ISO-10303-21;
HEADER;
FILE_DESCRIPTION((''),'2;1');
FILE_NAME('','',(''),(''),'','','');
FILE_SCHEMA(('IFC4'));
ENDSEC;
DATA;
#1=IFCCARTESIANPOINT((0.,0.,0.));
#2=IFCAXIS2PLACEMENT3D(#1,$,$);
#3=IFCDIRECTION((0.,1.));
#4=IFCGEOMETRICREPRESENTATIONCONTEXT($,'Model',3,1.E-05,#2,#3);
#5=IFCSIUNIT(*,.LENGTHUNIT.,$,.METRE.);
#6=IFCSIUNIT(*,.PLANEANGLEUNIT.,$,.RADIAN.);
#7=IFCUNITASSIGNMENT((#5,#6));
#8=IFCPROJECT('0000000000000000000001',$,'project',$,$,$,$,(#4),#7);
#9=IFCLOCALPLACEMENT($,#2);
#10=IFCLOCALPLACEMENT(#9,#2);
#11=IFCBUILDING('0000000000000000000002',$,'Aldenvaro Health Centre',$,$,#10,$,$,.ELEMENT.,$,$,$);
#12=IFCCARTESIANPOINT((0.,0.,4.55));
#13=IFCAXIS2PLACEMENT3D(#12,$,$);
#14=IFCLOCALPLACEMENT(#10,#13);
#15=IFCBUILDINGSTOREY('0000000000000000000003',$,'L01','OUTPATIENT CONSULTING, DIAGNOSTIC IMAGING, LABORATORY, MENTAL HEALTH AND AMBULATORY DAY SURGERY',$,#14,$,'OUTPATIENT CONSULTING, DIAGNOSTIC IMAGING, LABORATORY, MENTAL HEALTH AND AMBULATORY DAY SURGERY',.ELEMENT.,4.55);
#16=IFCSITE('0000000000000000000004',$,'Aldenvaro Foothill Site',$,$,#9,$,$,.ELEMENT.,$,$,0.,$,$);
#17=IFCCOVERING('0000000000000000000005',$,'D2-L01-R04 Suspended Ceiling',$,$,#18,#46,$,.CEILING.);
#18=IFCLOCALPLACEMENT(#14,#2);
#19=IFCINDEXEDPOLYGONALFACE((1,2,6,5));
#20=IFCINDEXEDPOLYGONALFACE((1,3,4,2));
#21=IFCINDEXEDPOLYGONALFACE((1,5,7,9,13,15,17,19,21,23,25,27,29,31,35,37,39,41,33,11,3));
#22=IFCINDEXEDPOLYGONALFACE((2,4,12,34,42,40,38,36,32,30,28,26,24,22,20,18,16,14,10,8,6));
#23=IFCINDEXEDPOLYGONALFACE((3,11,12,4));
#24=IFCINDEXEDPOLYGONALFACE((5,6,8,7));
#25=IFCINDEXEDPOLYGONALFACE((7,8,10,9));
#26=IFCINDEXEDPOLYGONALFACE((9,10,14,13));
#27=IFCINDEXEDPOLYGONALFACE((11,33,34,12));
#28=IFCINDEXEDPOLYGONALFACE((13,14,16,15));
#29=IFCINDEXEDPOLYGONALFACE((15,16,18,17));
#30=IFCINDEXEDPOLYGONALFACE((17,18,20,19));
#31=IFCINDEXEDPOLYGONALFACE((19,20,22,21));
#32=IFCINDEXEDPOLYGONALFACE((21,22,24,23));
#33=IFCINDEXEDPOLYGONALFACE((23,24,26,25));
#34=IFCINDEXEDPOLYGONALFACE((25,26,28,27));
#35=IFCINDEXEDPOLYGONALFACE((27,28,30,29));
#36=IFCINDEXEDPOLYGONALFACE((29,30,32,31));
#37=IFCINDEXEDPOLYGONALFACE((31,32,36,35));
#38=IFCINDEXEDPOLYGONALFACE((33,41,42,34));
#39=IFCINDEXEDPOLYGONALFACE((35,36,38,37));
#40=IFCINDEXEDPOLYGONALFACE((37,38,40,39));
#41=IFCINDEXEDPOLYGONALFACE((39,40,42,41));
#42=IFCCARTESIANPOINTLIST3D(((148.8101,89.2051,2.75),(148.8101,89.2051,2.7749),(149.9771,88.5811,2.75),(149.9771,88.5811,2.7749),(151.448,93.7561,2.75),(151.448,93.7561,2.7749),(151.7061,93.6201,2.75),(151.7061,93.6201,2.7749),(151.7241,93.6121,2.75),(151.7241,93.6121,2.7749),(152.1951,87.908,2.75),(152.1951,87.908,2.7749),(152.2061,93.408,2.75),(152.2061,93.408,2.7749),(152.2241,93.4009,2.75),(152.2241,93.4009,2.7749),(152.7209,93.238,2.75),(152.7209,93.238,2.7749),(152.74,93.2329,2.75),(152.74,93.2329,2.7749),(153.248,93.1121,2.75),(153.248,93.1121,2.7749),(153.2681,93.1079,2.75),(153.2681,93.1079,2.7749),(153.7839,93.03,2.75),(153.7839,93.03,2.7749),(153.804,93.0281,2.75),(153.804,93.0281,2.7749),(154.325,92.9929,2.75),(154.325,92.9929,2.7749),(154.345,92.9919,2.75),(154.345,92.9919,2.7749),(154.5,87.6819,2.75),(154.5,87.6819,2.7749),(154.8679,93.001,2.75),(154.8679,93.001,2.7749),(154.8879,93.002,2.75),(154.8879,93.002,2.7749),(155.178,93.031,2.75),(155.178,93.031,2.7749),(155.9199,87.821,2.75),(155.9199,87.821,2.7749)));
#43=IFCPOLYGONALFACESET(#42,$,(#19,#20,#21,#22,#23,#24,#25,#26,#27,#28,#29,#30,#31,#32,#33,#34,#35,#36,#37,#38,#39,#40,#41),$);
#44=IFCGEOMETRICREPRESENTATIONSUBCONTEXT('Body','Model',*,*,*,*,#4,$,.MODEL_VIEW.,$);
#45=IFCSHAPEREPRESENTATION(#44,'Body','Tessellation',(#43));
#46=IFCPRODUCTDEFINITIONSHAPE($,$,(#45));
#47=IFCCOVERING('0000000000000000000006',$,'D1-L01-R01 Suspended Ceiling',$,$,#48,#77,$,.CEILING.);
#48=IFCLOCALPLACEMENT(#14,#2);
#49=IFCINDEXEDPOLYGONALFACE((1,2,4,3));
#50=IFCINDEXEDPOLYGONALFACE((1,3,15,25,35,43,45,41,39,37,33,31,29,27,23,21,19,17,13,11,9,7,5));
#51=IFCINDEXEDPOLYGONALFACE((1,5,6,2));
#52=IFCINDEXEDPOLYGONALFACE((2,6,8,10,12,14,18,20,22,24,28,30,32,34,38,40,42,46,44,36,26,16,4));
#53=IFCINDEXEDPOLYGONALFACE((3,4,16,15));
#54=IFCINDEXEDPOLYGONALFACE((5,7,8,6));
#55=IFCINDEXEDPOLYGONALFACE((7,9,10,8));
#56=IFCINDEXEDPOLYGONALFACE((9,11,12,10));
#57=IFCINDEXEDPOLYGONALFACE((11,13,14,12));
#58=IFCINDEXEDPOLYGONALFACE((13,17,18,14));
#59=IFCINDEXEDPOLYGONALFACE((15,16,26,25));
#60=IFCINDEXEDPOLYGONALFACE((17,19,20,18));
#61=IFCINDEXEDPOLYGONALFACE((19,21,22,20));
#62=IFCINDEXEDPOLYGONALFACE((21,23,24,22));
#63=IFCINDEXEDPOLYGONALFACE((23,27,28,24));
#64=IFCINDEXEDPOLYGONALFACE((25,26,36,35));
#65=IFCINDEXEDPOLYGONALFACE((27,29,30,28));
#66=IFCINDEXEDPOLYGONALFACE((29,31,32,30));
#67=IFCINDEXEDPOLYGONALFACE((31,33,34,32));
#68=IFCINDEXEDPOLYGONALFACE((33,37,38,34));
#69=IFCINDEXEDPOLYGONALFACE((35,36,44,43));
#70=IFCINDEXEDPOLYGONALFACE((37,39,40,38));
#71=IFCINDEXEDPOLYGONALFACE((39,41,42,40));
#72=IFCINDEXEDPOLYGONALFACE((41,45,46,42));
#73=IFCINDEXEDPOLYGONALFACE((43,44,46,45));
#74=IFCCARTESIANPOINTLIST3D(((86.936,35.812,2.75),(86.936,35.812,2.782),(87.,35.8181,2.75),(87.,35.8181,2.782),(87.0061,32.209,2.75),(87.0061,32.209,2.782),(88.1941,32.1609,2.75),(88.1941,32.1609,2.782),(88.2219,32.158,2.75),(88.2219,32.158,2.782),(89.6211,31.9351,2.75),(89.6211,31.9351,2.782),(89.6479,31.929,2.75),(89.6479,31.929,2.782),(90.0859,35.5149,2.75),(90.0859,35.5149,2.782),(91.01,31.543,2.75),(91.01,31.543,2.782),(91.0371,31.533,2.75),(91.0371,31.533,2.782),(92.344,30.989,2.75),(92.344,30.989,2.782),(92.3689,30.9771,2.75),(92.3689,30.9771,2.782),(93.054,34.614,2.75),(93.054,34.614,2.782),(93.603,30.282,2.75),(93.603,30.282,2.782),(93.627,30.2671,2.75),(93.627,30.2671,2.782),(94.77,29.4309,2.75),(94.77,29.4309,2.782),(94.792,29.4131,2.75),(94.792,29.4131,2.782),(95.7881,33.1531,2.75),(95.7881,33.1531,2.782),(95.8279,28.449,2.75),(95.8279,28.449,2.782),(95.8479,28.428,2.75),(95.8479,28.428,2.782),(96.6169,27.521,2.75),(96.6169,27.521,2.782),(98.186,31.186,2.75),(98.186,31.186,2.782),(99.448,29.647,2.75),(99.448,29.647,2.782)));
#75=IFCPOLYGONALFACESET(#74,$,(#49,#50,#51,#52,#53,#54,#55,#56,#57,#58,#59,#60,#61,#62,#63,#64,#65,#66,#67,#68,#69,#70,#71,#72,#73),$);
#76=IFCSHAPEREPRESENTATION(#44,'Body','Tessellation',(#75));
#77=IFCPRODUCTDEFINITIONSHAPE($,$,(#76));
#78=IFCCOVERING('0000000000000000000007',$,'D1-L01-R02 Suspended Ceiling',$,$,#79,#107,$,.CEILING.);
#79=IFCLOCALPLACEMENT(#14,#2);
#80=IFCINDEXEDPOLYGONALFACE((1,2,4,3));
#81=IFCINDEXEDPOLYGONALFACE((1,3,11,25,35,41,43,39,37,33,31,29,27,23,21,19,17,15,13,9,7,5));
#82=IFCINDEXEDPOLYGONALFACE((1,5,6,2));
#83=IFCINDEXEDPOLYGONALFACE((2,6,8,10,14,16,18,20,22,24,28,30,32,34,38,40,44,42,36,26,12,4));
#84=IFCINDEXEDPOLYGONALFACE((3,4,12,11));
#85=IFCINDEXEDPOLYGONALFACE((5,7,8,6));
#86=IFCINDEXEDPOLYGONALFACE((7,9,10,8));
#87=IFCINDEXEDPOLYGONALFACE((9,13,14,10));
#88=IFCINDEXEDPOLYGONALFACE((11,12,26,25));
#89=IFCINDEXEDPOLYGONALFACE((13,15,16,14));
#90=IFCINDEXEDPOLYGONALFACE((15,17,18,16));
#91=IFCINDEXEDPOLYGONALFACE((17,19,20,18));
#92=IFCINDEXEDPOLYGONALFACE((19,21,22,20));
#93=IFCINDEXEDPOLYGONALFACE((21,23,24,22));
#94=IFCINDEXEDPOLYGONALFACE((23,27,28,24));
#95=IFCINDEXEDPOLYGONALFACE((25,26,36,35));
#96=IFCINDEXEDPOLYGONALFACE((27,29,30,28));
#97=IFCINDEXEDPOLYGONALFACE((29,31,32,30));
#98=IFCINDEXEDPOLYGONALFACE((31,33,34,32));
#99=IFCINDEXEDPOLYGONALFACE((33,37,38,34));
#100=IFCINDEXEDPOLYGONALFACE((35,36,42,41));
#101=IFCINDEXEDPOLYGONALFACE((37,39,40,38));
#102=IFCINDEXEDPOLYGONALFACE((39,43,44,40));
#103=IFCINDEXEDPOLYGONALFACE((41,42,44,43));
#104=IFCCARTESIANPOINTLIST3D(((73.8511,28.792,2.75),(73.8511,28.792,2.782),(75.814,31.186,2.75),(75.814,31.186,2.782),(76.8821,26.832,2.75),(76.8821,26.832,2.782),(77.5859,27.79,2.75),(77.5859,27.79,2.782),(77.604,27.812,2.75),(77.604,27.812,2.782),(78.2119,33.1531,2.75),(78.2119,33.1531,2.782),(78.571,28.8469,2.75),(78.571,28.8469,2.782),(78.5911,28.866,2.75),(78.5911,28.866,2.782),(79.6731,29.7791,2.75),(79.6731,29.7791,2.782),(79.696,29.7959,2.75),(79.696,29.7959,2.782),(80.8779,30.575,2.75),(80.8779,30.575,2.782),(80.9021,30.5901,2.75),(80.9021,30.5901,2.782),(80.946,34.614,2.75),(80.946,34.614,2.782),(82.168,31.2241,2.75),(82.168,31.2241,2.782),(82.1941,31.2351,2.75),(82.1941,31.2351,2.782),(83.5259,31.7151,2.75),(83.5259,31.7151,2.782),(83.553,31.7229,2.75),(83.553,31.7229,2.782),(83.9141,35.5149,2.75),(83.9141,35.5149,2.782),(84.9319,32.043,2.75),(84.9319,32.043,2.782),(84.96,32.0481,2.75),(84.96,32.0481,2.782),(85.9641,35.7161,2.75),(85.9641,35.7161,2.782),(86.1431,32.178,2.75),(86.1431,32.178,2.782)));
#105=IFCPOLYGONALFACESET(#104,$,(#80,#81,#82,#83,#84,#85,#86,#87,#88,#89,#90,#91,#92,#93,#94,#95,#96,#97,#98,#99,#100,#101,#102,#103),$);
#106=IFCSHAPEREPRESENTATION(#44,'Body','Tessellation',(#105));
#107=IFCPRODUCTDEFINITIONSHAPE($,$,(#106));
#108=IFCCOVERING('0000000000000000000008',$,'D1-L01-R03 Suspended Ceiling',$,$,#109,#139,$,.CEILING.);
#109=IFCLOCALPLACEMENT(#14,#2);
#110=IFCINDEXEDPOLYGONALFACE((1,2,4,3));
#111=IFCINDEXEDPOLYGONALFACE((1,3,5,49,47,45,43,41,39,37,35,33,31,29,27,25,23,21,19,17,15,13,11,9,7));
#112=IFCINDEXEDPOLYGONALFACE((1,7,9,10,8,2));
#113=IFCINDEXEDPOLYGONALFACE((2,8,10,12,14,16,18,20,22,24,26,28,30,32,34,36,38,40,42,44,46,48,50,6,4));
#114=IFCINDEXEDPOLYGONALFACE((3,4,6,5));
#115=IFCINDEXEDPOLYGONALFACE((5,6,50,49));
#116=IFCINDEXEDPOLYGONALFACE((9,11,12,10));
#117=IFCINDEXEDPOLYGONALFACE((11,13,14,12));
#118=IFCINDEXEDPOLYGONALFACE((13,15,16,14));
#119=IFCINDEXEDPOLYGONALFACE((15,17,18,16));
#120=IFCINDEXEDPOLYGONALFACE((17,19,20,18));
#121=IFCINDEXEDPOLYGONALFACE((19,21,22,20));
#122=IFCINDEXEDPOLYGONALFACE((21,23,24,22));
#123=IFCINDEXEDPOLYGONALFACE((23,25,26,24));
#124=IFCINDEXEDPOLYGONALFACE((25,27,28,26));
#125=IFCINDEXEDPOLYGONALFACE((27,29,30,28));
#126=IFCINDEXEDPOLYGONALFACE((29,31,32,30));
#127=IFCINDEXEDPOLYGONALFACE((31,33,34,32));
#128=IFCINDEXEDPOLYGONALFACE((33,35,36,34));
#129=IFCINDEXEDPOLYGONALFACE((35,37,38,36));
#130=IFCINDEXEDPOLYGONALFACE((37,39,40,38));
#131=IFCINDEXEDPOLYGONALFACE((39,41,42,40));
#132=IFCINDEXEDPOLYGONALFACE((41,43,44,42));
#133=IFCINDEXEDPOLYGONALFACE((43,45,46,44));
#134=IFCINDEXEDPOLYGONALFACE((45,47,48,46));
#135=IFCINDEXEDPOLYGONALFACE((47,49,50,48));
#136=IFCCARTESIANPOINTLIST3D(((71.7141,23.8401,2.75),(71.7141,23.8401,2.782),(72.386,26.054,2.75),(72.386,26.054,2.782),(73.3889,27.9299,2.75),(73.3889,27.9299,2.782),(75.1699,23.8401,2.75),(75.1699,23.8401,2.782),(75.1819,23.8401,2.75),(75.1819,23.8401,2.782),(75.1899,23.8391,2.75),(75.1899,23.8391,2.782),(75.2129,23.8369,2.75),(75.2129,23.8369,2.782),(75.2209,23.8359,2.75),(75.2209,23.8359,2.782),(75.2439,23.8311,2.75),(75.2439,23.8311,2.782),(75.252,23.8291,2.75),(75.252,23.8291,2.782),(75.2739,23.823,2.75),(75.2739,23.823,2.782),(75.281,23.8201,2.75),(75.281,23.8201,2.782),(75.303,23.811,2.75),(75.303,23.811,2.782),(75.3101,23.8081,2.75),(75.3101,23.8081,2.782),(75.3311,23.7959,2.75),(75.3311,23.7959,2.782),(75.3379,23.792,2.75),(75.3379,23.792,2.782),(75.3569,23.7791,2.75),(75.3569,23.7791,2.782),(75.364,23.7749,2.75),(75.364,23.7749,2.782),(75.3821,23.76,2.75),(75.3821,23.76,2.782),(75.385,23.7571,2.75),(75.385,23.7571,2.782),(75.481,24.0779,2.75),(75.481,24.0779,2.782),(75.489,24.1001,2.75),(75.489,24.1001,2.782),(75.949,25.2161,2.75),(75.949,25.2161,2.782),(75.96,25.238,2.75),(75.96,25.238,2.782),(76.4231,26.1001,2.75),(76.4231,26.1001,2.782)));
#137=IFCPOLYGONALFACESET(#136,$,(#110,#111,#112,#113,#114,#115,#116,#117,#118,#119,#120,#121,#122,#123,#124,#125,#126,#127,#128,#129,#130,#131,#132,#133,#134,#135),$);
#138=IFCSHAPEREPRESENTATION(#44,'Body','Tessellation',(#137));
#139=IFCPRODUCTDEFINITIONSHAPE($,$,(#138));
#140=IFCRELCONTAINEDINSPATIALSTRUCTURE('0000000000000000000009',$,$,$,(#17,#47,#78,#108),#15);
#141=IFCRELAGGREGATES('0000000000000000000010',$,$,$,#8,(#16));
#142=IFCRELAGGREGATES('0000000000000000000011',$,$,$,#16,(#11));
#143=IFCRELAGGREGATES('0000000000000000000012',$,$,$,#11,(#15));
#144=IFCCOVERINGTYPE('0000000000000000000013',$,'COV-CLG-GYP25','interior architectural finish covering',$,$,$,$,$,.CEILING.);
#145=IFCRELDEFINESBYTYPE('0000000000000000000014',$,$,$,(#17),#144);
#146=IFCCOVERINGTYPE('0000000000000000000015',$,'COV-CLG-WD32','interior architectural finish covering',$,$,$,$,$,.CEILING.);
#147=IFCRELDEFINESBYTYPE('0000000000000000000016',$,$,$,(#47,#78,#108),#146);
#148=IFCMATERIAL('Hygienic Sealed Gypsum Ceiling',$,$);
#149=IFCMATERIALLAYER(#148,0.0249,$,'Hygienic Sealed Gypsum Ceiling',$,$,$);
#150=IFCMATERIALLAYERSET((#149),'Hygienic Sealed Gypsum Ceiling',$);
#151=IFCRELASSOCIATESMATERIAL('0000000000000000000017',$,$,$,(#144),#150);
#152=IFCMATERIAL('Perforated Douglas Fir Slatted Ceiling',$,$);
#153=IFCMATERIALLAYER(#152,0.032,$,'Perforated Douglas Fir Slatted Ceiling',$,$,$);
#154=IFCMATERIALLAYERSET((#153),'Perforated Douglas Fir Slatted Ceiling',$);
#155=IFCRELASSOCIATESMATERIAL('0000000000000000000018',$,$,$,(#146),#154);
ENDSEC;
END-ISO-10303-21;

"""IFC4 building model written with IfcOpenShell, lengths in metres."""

from ifc_helpers import new_model, si_unit, direction, frame, origin, place, context, subcontext, project, spatial, polyline, outline, extrude, material, layer, layer_set, type_object, element, save


model = new_model("IFC4")

# Units and contexts
model_context = context("Model", 3, precision=1e-05, world=origin(), true_north=direction((0.0, 1.0)))
body_context = subcontext(model_context, "Body", "Model", "MODEL_VIEW")
ifc_project = project(units=[si_unit("LENGTHUNIT", "METRE"), si_unit("PLANEANGLEUNIT", "RADIAN")], contexts=[model_context])

# Site, building, storey
site_placement = place(None, origin())
site = spatial("IfcSite", under=ifc_project, at=site_placement, Name="Aldenvaro Foothill Site", CompositionType="ELEMENT", RefElevation=0.0)
building_placement = place(site_placement, origin())
building = spatial("IfcBuilding", under=site, at=building_placement, Name="Aldenvaro Health Centre", CompositionType="ELEMENT")
storey_placement = place(building_placement, frame((0.0, 0.0, 4.55)))
storey = spatial("IfcBuildingStorey", under=building, at=storey_placement, Name="L01", Description="OUTPATIENT CONSULTING, DIAGNOSTIC IMAGING, LABORATORY, MENTAL HEALTH AND AMBULATORY DAY SURGERY", LongName="OUTPATIENT CONSULTING, DIAGNOSTIC IMAGING, LABORATORY, MENTAL HEALTH AND AMBULATORY DAY SURGERY", CompositionType="ELEMENT", Elevation=4.55)

# Coverings
ifc_material_1 = material(Name="Hygienic Sealed Gypsum Ceiling")
ifc_layer_1 = layer(ifc_material_1, 0.0249, Name="Hygienic Sealed Gypsum Ceiling")
ifc_layer_set_1 = layer_set([ifc_layer_1], Name="Hygienic Sealed Gypsum Ceiling")
covering_type_1 = type_object("IfcCoveringType", Name="COV-CLG-GYP25", Description="interior architectural finish covering", PredefinedType="CEILING", material=ifc_layer_set_1)
covering_1_placement = place(storey_placement, frame((0.0, 0.0, 2.75)))
element("IfcCovering", 1, at=covering_1_placement, inside=storey, type_object=covering_type_1, Name="D2-L01-R04 Suspended Ceiling", PredefinedType="CEILING", context=body_context, shape_type="SweptSolid", body=[
    extrude(outline(polyline([(151.7061, 93.6201), (151.7241, 93.6121), (152.2061, 93.408), (152.2241, 93.4009), (152.7209, 93.238), (152.74, 93.2329), (153.248, 93.1121), (153.2681, 93.1079), (153.7839, 93.03), (153.804, 93.0281), (154.325, 92.9929), (154.345, 92.9919), (154.8679, 93.001), (154.8879, 93.002), (155.178, 93.031), (155.9199, 87.821), (154.5, 87.6819), (152.1951, 87.908), (149.9771, 88.5811), (148.8101, 89.2051), (151.448, 93.7561), (151.7061, 93.6201)])), origin(), (0.0, 0.0, 1.0), 0.0249),
])
ifc_material_2 = material(Name="Perforated Douglas Fir Slatted Ceiling")
ifc_layer_2 = layer(ifc_material_2, 0.032, Name="Perforated Douglas Fir Slatted Ceiling")
ifc_layer_set_2 = layer_set([ifc_layer_2], Name="Perforated Douglas Fir Slatted Ceiling")
covering_type_2 = type_object("IfcCoveringType", Name="COV-CLG-WD32", Description="interior architectural finish covering", PredefinedType="CEILING", material=ifc_layer_set_2)
covering_2_placement = place(storey_placement, frame((0.0, 0.0, 2.75)))
element("IfcCovering", 2, at=covering_2_placement, inside=storey, type_object=covering_type_2, Name="D1-L01-R01 Suspended Ceiling", PredefinedType="CEILING", context=body_context, shape_type="SweptSolid", body=[
    extrude(outline(polyline([(95.8479, 28.428), (95.8279, 28.449), (94.792, 29.4131), (94.77, 29.4309), (93.627, 30.2671), (93.603, 30.282), (92.3689, 30.9771), (92.344, 30.989), (91.0371, 31.533), (91.01, 31.543), (89.6479, 31.929), (89.6211, 31.9351), (88.2219, 32.158), (88.1941, 32.1609), (87.0061, 32.209), (86.936, 35.812), (87.0, 35.8181), (90.0859, 35.5149), (93.054, 34.614), (95.7881, 33.1531), (98.186, 31.186), (99.448, 29.647), (96.6169, 27.521), (95.8479, 28.428)])), origin(), (0.0, 0.0, 1.0), 0.032),
])
covering_3_placement = place(storey_placement, frame((0.0, 0.0, 2.75)))
element("IfcCovering", 3, at=covering_3_placement, inside=storey, type_object=covering_type_2, Name="D1-L01-R02 Suspended Ceiling", PredefinedType="CEILING", context=body_context, shape_type="SweptSolid", body=[
    extrude(outline(polyline([(73.8511, 28.792), (75.814, 31.186), (78.2119, 33.1531), (80.946, 34.614), (83.9141, 35.5149), (85.9641, 35.7161), (86.1431, 32.178), (84.96, 32.0481), (84.9319, 32.043), (83.553, 31.7229), (83.5259, 31.7151), (82.1941, 31.2351), (82.168, 31.2241), (80.9021, 30.5901), (80.8779, 30.575), (79.696, 29.7959), (79.6731, 29.7791), (78.5911, 28.866), (78.571, 28.8469), (77.604, 27.812), (77.5859, 27.79), (76.8821, 26.832), (73.8511, 28.792)])), origin(), (0.0, 0.0, 1.0), 0.032),
])
covering_4_placement = place(storey_placement, frame((0.0, 0.0, 2.75)))
element("IfcCovering", 4, at=covering_4_placement, inside=storey, type_object=covering_type_2, Name="D1-L01-R03 Suspended Ceiling", PredefinedType="CEILING", context=body_context, shape_type="SweptSolid", body=[
    extrude(outline(polyline([(75.385, 23.7571), (75.3821, 23.76), (75.364, 23.7749), (75.3569, 23.7791), (75.3379, 23.792), (75.3311, 23.7959), (75.3101, 23.8081), (75.303, 23.811), (75.281, 23.8201), (75.2739, 23.823), (75.252, 23.8291), (75.2439, 23.8311), (75.2209, 23.8359), (75.2129, 23.8369), (75.1899, 23.8391), (75.1819, 23.8401), (75.1699, 23.8401), (71.7141, 23.8401), (72.386, 26.054), (73.3889, 27.9299), (76.4231, 26.1001), (75.96, 25.238), (75.949, 25.2161), (75.489, 24.1001), (75.481, 24.0779), (75.385, 23.7571)])), origin(), (0.0, 0.0, 1.0), 0.032),
])

save(model, "model.ifc")
